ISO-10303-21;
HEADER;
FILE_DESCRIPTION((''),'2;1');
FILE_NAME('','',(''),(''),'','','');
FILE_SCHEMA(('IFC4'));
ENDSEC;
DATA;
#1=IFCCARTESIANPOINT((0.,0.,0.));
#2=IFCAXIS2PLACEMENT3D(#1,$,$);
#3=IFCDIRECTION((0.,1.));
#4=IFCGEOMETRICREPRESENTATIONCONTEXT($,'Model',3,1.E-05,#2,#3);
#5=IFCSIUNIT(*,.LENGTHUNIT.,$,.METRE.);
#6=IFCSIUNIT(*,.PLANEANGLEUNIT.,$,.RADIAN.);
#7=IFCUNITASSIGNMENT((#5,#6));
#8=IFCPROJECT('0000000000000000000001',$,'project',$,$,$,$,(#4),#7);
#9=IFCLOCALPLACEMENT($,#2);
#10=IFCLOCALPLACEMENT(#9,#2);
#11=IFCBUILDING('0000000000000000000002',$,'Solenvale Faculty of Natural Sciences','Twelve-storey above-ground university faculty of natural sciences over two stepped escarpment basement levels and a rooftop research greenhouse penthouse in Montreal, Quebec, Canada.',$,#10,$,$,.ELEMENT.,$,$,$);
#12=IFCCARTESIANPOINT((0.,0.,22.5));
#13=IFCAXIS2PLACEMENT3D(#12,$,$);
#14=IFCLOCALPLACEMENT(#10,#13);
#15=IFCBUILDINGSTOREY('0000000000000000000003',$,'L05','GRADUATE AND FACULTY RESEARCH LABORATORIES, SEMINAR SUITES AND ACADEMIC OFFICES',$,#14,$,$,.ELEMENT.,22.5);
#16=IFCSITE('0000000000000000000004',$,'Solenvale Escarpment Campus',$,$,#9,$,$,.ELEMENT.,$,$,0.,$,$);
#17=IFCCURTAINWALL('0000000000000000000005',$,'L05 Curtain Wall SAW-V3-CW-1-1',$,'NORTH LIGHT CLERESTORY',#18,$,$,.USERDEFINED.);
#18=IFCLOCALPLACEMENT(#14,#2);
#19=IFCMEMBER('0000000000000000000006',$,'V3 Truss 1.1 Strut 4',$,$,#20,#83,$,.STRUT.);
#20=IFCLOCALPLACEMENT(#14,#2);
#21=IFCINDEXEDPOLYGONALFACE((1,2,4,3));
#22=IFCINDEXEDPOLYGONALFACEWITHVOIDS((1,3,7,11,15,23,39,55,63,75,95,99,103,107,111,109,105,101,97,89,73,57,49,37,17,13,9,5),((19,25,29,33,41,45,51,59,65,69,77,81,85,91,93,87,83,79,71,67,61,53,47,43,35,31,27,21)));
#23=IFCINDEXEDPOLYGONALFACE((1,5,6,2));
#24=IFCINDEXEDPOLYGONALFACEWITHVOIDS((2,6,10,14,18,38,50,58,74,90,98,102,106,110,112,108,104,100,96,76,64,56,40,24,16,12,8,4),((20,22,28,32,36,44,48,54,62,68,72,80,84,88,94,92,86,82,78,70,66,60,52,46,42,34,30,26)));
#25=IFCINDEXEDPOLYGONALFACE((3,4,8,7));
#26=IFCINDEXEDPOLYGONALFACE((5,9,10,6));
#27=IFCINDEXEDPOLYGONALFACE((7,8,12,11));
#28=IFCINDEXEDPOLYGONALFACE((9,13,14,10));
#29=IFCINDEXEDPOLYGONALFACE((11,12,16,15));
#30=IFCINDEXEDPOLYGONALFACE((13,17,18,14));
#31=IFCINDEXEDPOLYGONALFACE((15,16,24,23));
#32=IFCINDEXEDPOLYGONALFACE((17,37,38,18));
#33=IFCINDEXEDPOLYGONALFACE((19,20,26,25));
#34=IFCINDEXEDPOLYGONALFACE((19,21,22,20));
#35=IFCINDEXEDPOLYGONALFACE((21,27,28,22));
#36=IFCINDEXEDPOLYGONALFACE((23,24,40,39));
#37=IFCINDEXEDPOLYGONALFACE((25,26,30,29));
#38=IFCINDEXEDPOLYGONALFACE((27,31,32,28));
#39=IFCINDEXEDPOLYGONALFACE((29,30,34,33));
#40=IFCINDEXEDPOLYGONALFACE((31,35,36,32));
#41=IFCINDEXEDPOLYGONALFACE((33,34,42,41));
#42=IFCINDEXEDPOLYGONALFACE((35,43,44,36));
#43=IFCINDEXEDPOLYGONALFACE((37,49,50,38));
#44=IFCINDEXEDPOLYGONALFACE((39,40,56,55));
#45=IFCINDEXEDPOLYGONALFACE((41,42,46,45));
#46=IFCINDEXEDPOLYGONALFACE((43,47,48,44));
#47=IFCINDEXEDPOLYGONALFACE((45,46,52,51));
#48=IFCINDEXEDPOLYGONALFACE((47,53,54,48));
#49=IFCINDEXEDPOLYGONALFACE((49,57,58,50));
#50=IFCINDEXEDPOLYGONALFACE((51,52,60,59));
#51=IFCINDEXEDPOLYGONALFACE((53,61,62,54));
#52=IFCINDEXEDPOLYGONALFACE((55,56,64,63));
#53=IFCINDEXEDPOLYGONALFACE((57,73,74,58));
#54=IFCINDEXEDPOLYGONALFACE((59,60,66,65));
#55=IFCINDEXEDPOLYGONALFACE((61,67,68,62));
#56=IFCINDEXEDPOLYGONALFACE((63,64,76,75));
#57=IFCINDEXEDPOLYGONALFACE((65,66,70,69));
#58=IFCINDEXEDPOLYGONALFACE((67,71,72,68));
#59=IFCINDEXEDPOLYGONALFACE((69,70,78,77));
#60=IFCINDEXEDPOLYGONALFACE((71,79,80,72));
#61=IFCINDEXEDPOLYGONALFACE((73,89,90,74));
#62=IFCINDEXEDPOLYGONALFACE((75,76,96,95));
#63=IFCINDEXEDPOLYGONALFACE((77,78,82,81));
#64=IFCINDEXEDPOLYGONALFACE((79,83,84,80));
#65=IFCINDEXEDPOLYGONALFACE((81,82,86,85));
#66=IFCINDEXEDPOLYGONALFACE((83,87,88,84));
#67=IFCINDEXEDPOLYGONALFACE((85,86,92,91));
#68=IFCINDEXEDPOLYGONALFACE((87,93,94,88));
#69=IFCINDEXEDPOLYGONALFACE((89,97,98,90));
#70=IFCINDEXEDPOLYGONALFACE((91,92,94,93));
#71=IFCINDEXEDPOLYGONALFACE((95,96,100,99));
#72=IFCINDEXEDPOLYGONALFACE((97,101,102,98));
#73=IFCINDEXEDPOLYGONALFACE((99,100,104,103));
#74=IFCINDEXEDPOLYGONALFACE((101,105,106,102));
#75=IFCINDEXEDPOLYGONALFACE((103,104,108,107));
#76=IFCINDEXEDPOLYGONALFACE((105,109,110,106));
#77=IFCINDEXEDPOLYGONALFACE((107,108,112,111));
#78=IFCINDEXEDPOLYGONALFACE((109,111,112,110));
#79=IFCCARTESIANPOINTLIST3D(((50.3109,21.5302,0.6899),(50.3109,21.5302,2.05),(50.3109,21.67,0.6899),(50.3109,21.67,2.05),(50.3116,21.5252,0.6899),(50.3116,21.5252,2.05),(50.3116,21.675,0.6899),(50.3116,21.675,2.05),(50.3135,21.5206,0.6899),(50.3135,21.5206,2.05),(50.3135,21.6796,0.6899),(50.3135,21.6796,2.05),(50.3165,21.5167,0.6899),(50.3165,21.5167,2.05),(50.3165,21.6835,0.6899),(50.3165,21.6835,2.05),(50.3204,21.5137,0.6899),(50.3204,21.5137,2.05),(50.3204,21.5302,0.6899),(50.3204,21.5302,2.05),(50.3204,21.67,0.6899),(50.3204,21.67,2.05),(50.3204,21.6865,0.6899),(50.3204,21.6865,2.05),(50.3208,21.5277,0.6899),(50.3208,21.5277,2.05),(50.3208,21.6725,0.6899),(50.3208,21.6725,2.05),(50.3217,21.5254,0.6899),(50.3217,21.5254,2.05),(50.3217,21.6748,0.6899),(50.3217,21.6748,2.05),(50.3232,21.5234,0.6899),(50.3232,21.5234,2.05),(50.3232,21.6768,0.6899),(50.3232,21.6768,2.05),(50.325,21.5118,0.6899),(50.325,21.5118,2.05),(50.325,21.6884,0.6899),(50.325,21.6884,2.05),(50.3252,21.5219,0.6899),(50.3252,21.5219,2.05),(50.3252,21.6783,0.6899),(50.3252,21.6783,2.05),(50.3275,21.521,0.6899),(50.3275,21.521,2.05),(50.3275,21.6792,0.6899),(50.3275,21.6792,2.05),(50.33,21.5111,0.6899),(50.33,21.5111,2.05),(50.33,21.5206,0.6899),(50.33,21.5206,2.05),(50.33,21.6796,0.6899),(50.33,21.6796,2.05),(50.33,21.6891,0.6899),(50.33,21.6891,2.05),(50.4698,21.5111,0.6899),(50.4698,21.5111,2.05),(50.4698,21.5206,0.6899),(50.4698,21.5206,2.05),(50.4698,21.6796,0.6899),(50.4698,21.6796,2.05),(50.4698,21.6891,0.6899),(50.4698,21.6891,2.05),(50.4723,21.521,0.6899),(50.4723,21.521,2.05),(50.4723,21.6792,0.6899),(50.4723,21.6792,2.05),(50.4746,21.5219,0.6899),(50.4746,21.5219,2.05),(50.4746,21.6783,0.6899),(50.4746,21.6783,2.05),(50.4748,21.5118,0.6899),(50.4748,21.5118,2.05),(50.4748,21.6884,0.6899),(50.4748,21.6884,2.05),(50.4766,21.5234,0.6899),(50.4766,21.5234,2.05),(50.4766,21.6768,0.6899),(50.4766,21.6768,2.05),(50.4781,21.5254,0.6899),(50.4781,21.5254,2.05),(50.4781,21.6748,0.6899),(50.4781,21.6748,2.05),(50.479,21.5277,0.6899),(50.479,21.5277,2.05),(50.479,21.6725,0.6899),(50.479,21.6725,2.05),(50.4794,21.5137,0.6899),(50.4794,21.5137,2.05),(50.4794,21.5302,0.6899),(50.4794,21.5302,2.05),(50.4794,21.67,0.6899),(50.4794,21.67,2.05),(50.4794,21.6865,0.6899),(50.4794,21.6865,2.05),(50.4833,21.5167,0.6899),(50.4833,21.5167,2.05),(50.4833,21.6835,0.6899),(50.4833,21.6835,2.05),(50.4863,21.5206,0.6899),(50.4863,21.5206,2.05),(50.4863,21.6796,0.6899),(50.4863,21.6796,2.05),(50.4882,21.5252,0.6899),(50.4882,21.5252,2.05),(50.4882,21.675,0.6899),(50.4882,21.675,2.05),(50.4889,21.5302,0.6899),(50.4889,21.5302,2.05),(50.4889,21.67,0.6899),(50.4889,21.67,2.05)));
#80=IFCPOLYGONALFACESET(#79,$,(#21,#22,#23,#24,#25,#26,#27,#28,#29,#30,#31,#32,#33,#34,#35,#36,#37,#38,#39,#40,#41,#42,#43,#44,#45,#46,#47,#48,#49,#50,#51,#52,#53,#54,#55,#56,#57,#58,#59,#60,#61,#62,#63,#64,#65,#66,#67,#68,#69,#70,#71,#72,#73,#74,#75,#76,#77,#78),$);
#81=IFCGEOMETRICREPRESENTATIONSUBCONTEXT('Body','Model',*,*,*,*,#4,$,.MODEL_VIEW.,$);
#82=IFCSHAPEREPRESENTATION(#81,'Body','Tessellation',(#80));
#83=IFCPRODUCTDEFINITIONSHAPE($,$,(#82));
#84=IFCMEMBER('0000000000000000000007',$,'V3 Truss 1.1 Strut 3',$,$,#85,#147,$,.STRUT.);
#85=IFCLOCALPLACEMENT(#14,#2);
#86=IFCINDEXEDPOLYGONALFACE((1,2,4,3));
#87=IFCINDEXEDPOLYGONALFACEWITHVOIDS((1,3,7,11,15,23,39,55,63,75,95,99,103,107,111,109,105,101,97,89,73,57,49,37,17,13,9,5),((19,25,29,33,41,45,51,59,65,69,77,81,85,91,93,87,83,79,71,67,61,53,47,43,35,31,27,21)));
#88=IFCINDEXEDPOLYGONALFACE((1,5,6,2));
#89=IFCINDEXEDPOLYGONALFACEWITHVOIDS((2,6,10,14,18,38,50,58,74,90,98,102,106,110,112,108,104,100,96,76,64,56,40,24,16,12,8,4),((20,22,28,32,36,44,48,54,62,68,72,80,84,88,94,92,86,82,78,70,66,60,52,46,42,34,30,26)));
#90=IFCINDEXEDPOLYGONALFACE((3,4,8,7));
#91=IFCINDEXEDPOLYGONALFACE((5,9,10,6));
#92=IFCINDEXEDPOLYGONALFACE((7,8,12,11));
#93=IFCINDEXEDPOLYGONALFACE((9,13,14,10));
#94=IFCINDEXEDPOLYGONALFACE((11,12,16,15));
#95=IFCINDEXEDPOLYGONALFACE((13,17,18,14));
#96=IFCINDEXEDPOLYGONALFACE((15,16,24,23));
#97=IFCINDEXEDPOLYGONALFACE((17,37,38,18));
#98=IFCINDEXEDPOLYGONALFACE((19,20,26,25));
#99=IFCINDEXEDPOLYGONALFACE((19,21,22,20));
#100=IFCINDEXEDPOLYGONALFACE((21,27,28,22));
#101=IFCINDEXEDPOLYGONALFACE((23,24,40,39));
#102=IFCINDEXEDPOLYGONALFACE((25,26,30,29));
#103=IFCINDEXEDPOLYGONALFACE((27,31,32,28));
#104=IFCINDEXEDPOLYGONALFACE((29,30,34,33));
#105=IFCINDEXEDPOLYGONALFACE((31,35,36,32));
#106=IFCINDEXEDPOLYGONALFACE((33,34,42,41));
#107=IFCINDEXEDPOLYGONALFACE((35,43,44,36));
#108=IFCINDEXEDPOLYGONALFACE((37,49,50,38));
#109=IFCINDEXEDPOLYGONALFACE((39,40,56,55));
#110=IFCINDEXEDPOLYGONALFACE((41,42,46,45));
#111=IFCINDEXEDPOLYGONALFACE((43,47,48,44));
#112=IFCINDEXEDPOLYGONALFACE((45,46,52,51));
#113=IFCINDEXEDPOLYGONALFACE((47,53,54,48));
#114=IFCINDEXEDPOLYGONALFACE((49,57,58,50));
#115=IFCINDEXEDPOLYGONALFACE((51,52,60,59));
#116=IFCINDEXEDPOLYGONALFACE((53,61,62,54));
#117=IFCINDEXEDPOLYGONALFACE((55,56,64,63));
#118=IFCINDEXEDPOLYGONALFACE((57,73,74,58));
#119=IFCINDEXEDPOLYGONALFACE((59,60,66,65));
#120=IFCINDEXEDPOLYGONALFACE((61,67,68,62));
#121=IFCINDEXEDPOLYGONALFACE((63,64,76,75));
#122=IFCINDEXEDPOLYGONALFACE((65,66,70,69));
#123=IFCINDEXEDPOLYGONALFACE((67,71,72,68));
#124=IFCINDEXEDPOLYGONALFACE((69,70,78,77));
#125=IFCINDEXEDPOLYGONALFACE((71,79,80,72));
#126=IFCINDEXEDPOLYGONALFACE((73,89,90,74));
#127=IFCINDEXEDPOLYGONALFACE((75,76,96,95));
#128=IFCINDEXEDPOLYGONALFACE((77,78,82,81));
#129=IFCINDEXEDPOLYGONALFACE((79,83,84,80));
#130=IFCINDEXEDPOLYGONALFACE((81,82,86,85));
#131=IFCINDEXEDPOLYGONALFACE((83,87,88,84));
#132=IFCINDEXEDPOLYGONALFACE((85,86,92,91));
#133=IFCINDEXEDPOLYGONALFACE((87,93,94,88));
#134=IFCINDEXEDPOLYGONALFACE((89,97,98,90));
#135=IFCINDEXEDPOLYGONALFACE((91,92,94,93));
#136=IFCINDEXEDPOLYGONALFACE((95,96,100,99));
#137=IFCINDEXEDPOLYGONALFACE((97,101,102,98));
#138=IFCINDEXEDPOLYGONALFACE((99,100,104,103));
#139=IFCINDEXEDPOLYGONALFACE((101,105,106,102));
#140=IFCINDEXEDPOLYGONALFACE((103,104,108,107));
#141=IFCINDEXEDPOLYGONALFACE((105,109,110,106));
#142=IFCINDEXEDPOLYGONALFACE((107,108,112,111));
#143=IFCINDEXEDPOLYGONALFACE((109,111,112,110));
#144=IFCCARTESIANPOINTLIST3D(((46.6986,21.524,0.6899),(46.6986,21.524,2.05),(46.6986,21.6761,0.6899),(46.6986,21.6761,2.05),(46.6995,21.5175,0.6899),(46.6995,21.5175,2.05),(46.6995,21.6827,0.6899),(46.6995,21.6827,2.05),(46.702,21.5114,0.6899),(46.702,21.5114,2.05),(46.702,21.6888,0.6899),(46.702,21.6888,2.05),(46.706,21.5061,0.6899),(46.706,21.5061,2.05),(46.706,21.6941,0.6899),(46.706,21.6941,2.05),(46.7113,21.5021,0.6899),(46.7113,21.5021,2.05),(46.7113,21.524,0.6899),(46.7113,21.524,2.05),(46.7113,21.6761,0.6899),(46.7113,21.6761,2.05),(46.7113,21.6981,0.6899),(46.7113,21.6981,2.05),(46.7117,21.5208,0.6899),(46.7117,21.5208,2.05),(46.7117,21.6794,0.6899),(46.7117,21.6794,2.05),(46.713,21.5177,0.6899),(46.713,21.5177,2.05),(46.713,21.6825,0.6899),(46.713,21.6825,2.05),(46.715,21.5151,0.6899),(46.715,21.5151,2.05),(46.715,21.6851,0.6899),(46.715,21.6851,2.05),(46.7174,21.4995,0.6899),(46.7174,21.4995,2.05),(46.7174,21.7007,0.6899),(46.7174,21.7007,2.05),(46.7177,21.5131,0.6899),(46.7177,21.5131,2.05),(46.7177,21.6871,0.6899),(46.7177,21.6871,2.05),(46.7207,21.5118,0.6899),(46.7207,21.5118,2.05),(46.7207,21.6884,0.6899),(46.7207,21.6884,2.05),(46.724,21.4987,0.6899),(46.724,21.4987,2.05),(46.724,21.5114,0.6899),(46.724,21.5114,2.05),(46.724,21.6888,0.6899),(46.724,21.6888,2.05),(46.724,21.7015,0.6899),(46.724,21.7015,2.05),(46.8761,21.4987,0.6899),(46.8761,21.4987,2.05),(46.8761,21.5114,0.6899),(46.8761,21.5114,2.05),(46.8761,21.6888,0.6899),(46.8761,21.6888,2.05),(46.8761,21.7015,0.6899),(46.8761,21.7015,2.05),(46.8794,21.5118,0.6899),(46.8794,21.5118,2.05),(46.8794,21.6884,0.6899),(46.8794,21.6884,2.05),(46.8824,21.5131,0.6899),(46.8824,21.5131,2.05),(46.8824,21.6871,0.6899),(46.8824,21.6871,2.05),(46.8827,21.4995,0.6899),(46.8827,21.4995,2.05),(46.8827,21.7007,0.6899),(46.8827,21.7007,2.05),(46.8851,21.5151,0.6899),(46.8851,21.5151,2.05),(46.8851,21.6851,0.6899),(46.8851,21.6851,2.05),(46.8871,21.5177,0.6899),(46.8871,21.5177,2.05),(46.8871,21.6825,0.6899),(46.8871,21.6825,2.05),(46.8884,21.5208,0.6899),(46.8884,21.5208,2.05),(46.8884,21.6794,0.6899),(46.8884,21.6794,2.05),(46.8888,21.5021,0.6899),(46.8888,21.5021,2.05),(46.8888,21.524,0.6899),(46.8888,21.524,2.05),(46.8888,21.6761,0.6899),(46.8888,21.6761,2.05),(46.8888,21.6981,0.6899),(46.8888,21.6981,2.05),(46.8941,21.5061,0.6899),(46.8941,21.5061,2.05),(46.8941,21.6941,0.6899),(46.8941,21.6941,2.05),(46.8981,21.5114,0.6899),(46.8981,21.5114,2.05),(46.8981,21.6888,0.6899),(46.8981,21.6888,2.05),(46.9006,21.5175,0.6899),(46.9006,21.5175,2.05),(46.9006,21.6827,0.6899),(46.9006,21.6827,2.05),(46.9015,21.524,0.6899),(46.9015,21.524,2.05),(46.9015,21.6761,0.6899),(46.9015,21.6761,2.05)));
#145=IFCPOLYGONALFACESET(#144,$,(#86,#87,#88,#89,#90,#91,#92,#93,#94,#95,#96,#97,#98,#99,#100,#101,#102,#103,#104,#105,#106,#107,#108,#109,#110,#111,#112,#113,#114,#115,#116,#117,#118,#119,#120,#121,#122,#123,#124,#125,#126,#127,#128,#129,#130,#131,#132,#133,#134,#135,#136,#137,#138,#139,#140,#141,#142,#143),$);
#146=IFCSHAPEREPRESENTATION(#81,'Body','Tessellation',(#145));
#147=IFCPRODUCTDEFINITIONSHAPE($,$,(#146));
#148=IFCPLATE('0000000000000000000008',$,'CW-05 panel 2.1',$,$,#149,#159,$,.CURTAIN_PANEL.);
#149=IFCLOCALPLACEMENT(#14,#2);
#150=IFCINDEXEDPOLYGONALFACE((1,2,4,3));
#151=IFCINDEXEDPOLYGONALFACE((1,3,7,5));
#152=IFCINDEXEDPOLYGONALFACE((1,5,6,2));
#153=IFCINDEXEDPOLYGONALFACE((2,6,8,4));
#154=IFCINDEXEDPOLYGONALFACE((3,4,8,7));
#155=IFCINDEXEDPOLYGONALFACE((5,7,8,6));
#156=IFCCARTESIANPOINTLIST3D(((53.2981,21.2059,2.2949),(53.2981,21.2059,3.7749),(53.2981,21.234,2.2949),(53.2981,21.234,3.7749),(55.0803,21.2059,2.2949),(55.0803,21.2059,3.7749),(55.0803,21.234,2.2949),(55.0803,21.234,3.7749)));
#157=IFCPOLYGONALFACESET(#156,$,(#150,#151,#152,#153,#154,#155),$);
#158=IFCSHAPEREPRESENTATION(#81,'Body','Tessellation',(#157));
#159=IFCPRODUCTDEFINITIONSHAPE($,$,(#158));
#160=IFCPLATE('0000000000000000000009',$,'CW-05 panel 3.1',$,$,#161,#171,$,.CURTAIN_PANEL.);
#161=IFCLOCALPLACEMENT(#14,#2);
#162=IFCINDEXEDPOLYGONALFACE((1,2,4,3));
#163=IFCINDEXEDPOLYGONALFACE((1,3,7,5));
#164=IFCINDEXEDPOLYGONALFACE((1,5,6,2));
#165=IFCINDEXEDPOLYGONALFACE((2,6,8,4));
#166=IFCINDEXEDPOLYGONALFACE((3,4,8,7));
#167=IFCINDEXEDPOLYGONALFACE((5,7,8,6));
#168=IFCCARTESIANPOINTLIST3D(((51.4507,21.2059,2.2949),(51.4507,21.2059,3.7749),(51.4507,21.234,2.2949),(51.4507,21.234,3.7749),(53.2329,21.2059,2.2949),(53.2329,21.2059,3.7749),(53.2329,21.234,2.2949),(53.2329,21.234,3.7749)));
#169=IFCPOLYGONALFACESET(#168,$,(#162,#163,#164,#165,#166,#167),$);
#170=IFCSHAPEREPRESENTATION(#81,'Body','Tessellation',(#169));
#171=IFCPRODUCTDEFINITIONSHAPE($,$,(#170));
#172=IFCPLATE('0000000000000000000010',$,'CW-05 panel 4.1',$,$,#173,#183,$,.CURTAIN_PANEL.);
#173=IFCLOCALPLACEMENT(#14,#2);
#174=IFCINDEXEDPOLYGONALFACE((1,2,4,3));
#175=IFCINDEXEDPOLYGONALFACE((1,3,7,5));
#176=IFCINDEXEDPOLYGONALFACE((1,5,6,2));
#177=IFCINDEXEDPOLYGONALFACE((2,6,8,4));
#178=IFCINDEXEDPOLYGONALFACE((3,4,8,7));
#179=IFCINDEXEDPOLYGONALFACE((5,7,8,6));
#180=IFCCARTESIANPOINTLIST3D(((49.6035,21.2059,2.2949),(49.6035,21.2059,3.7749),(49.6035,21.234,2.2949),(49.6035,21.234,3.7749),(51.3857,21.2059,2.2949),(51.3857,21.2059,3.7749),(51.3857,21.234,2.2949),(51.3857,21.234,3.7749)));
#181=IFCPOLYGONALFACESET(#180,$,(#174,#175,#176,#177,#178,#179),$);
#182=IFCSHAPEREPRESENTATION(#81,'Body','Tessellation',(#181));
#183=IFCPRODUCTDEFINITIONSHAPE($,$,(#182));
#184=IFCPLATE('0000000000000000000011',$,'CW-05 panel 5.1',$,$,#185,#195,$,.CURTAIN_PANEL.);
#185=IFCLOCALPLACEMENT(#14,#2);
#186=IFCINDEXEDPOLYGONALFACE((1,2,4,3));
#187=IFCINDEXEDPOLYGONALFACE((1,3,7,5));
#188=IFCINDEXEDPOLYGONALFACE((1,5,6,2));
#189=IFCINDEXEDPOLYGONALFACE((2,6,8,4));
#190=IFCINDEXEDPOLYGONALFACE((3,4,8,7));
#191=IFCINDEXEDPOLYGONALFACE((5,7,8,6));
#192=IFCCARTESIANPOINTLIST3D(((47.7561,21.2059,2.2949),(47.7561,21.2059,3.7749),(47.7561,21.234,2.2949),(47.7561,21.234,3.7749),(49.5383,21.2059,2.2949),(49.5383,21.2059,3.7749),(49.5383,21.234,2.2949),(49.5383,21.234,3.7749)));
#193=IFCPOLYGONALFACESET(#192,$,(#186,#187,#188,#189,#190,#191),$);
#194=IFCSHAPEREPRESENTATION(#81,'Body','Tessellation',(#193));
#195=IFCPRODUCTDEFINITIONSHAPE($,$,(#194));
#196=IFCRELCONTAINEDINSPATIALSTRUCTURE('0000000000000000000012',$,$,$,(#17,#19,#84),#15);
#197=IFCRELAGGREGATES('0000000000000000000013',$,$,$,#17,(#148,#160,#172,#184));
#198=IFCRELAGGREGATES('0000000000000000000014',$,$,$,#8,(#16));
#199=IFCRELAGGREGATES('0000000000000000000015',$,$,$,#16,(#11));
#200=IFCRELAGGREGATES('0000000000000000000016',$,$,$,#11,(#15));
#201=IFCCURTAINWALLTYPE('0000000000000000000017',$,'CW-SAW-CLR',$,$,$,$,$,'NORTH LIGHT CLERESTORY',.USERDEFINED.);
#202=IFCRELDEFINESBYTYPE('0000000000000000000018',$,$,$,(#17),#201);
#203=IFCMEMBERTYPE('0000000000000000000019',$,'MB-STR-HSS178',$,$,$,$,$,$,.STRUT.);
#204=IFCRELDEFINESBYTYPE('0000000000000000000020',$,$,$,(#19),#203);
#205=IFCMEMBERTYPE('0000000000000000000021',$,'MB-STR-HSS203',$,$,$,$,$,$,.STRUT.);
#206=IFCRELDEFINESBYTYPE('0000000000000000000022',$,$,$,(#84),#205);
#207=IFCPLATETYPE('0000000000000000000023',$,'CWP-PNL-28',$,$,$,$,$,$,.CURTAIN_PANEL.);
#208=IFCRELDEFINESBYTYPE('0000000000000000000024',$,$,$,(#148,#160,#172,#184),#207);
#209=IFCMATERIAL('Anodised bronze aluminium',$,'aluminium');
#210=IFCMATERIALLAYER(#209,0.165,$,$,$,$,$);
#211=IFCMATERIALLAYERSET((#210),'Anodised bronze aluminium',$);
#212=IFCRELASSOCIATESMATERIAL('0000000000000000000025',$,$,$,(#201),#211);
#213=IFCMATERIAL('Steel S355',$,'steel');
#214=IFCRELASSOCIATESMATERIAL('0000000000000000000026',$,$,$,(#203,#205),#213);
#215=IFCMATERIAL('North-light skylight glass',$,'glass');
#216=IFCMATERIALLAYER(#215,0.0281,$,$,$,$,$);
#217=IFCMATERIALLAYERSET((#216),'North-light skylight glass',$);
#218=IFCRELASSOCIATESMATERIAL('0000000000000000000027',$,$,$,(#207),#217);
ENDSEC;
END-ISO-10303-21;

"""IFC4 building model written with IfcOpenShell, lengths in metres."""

from ifc_helpers import new_model, si_unit, direction, frame, origin, origin_2d, place, context, subcontext, project, spatial, rectangle, hollow_rectangle, extrude, material, layer, layer_set, material_profile, profile_set, type_object, element, aggregate, save


model = new_model("IFC4")

# Units and contexts
model_context = context("Model", 3, precision=1e-05, world=origin(), true_north=direction((0.0, 1.0)))
body_context = subcontext(model_context, "Body", "Model", "MODEL_VIEW")
ifc_project = project(units=[si_unit("LENGTHUNIT", "METRE"), si_unit("PLANEANGLEUNIT", "RADIAN")], contexts=[model_context])

# Site, building, storey
site_placement = place(None, origin())
site = spatial("IfcSite", under=ifc_project, at=site_placement, Name="Solenvale Escarpment Campus", CompositionType="ELEMENT", RefElevation=0.0)
building_placement = place(site_placement, origin())
building = spatial("IfcBuilding", under=site, at=building_placement, Name="Solenvale Faculty of Natural Sciences", Description="Twelve-storey above-ground university faculty of natural sciences over two stepped escarpment basement levels and a rooftop research greenhouse penthouse in Montreal, Quebec, Canada.", CompositionType="ELEMENT")
storey_placement = place(building_placement, frame((0.0, 0.0, 22.5)))
storey = spatial("IfcBuildingStorey", under=building, at=storey_placement, Name="L05", Description="GRADUATE AND FACULTY RESEARCH LABORATORIES, SEMINAR SUITES AND ACADEMIC OFFICES", CompositionType="ELEMENT", Elevation=22.5)

# Curtain wall
ifc_material_1 = material(Name="Anodised bronze aluminium", Category="aluminium")
ifc_layer_1 = layer(ifc_material_1, 0.165)
ifc_layer_set_1 = layer_set([ifc_layer_1], Name="Anodised bronze aluminium")
curtain_wall_type = type_object("IfcCurtainWallType", Name="CW-SAW-CLR", ElementType="NORTH LIGHT CLERESTORY", PredefinedType="USERDEFINED", material=ifc_layer_set_1)
curtain_wall_placement = place(storey_placement, origin())
curtain_wall = element("IfcCurtainWall", 1, at=curtain_wall_placement, inside=storey, type_object=curtain_wall_type, Name="L05 Curtain Wall SAW-V3-CW-1-1", ObjectType="NORTH LIGHT CLERESTORY", PredefinedType="USERDEFINED")

# Members
ifc_material_2 = material(Name="Steel S355", Category="steel")
ifc_material_profile_1 = material_profile(ifc_material_2, hollow_rectangle(XDim=0.178, YDim=0.178, WallThickness=0.0095, InnerFilletRadius=0.0095, OuterFilletRadius=0.019, at=origin_2d()), Name="HSS178x178x9.5")
ifc_profile_set_1 = profile_set([ifc_material_profile_1], Name="Steel S355")
member_type_1 = type_object("IfcMemberType", Name="MB-STR-HSS178", PredefinedType="STRUT", material=ifc_profile_set_1)
member_1_placement = place(storey_placement, frame((50.3999, 21.6001, 0.6899), z_axis=(0.0, 0.0, 1.0), x_axis=(1.0, 0.0, 0.0)))
element("IfcMember", 2, at=member_1_placement, inside=storey, type_object=member_type_1, Name="V3 Truss 1.1 Strut 4", PredefinedType="STRUT", context=body_context, shape_type="SweptSolid", body=[
    extrude(hollow_rectangle(XDim=0.178, YDim=0.178, WallThickness=0.0095, InnerFilletRadius=0.0095, OuterFilletRadius=0.019, at=origin_2d()), origin(), (0.0, 0.0, 1.0), 1.3601),
])
ifc_material_profile_2 = material_profile(ifc_material_2, hollow_rectangle(XDim=0.2029, YDim=0.2029, WallThickness=0.0127, InnerFilletRadius=0.0127, OuterFilletRadius=0.0254, at=origin_2d()), Name="HSS203x203x13")
ifc_profile_set_2 = profile_set([ifc_material_profile_2], Name="Steel S355")
member_type_2 = type_object("IfcMemberType", Name="MB-STR-HSS203", PredefinedType="STRUT", material=ifc_profile_set_2)
member_2_placement = place(storey_placement, frame((46.8, 21.6001, 0.6899), z_axis=(0.0, 0.0, 1.0), x_axis=(1.0, 0.0, 0.0)))
element("IfcMember", 3, at=member_2_placement, inside=storey, type_object=member_type_2, Name="V3 Truss 1.1 Strut 3", PredefinedType="STRUT", context=body_context, shape_type="SweptSolid", body=[
    extrude(hollow_rectangle(XDim=0.2029, YDim=0.2029, WallThickness=0.0127, InnerFilletRadius=0.0127, OuterFilletRadius=0.0254, at=origin_2d()), origin(), (0.0, 0.0, 1.0), 1.3601),
])

# Plates
ifc_material_3 = material(Name="North-light skylight glass", Category="glass")
ifc_layer_2 = layer(ifc_material_3, 0.0281)
ifc_layer_set_2 = layer_set([ifc_layer_2], Name="North-light skylight glass")
plate_type_1 = type_object("IfcPlateType", Name="CWP-PNL-28", PredefinedType="CURTAIN_PANEL", material=ifc_layer_set_2)
plate_1_placement = place(storey_placement, frame((54.1892, 21.22, 2.2949), z_axis=(0.0, 0.0, 1.0), x_axis=(-1.0, 0.0, 0.0)))
plate_1 = element("IfcPlate", 4, at=plate_1_placement, type_object=plate_type_1, Name="CW-05 panel 2.1", PredefinedType="CURTAIN_PANEL", context=body_context, shape_type="SweptSolid", body=[
    extrude(rectangle(XDim=1.7822, YDim=0.0281, at=origin_2d()), origin(), (0.0, 0.0, 1.0), 1.48),
])
plate_2_placement = place(storey_placement, frame((52.3418, 21.22, 2.2949), z_axis=(0.0, 0.0, 1.0), x_axis=(-1.0, 0.0, 0.0)))
plate_2 = element("IfcPlate", 5, at=plate_2_placement, type_object=plate_type_1, Name="CW-05 panel 3.1", PredefinedType="CURTAIN_PANEL", context=body_context, shape_type="SweptSolid", body=[
    extrude(rectangle(XDim=1.7822, YDim=0.0281, at=origin_2d()), origin(), (0.0, 0.0, 1.0), 1.48),
])
plate_3_placement = place(storey_placement, frame((50.4946, 21.22, 2.2949), z_axis=(0.0, 0.0, 1.0), x_axis=(-1.0, 0.0, 0.0)))
plate_3 = element("IfcPlate", 6, at=plate_3_placement, type_object=plate_type_1, Name="CW-05 panel 4.1", PredefinedType="CURTAIN_PANEL", context=body_context, shape_type="SweptSolid", body=[
    extrude(rectangle(XDim=1.7822, YDim=0.0281, at=origin_2d()), origin(), (0.0, 0.0, 1.0), 1.48),
])
plate_4_placement = place(storey_placement, frame((48.6472, 21.22, 2.2949), z_axis=(0.0, 0.0, 1.0), x_axis=(-1.0, 0.0, 0.0)))
plate_4 = element("IfcPlate", 7, at=plate_4_placement, type_object=plate_type_1, Name="CW-05 panel 5.1", PredefinedType="CURTAIN_PANEL", context=body_context, shape_type="SweptSolid", body=[
    extrude(rectangle(XDim=1.7822, YDim=0.0281, at=origin_2d()), origin(), (0.0, 0.0, 1.0), 1.48),
])
aggregate(curtain_wall, [plate_1, plate_2, plate_3, plate_4])

save(model, "model.ifc")
